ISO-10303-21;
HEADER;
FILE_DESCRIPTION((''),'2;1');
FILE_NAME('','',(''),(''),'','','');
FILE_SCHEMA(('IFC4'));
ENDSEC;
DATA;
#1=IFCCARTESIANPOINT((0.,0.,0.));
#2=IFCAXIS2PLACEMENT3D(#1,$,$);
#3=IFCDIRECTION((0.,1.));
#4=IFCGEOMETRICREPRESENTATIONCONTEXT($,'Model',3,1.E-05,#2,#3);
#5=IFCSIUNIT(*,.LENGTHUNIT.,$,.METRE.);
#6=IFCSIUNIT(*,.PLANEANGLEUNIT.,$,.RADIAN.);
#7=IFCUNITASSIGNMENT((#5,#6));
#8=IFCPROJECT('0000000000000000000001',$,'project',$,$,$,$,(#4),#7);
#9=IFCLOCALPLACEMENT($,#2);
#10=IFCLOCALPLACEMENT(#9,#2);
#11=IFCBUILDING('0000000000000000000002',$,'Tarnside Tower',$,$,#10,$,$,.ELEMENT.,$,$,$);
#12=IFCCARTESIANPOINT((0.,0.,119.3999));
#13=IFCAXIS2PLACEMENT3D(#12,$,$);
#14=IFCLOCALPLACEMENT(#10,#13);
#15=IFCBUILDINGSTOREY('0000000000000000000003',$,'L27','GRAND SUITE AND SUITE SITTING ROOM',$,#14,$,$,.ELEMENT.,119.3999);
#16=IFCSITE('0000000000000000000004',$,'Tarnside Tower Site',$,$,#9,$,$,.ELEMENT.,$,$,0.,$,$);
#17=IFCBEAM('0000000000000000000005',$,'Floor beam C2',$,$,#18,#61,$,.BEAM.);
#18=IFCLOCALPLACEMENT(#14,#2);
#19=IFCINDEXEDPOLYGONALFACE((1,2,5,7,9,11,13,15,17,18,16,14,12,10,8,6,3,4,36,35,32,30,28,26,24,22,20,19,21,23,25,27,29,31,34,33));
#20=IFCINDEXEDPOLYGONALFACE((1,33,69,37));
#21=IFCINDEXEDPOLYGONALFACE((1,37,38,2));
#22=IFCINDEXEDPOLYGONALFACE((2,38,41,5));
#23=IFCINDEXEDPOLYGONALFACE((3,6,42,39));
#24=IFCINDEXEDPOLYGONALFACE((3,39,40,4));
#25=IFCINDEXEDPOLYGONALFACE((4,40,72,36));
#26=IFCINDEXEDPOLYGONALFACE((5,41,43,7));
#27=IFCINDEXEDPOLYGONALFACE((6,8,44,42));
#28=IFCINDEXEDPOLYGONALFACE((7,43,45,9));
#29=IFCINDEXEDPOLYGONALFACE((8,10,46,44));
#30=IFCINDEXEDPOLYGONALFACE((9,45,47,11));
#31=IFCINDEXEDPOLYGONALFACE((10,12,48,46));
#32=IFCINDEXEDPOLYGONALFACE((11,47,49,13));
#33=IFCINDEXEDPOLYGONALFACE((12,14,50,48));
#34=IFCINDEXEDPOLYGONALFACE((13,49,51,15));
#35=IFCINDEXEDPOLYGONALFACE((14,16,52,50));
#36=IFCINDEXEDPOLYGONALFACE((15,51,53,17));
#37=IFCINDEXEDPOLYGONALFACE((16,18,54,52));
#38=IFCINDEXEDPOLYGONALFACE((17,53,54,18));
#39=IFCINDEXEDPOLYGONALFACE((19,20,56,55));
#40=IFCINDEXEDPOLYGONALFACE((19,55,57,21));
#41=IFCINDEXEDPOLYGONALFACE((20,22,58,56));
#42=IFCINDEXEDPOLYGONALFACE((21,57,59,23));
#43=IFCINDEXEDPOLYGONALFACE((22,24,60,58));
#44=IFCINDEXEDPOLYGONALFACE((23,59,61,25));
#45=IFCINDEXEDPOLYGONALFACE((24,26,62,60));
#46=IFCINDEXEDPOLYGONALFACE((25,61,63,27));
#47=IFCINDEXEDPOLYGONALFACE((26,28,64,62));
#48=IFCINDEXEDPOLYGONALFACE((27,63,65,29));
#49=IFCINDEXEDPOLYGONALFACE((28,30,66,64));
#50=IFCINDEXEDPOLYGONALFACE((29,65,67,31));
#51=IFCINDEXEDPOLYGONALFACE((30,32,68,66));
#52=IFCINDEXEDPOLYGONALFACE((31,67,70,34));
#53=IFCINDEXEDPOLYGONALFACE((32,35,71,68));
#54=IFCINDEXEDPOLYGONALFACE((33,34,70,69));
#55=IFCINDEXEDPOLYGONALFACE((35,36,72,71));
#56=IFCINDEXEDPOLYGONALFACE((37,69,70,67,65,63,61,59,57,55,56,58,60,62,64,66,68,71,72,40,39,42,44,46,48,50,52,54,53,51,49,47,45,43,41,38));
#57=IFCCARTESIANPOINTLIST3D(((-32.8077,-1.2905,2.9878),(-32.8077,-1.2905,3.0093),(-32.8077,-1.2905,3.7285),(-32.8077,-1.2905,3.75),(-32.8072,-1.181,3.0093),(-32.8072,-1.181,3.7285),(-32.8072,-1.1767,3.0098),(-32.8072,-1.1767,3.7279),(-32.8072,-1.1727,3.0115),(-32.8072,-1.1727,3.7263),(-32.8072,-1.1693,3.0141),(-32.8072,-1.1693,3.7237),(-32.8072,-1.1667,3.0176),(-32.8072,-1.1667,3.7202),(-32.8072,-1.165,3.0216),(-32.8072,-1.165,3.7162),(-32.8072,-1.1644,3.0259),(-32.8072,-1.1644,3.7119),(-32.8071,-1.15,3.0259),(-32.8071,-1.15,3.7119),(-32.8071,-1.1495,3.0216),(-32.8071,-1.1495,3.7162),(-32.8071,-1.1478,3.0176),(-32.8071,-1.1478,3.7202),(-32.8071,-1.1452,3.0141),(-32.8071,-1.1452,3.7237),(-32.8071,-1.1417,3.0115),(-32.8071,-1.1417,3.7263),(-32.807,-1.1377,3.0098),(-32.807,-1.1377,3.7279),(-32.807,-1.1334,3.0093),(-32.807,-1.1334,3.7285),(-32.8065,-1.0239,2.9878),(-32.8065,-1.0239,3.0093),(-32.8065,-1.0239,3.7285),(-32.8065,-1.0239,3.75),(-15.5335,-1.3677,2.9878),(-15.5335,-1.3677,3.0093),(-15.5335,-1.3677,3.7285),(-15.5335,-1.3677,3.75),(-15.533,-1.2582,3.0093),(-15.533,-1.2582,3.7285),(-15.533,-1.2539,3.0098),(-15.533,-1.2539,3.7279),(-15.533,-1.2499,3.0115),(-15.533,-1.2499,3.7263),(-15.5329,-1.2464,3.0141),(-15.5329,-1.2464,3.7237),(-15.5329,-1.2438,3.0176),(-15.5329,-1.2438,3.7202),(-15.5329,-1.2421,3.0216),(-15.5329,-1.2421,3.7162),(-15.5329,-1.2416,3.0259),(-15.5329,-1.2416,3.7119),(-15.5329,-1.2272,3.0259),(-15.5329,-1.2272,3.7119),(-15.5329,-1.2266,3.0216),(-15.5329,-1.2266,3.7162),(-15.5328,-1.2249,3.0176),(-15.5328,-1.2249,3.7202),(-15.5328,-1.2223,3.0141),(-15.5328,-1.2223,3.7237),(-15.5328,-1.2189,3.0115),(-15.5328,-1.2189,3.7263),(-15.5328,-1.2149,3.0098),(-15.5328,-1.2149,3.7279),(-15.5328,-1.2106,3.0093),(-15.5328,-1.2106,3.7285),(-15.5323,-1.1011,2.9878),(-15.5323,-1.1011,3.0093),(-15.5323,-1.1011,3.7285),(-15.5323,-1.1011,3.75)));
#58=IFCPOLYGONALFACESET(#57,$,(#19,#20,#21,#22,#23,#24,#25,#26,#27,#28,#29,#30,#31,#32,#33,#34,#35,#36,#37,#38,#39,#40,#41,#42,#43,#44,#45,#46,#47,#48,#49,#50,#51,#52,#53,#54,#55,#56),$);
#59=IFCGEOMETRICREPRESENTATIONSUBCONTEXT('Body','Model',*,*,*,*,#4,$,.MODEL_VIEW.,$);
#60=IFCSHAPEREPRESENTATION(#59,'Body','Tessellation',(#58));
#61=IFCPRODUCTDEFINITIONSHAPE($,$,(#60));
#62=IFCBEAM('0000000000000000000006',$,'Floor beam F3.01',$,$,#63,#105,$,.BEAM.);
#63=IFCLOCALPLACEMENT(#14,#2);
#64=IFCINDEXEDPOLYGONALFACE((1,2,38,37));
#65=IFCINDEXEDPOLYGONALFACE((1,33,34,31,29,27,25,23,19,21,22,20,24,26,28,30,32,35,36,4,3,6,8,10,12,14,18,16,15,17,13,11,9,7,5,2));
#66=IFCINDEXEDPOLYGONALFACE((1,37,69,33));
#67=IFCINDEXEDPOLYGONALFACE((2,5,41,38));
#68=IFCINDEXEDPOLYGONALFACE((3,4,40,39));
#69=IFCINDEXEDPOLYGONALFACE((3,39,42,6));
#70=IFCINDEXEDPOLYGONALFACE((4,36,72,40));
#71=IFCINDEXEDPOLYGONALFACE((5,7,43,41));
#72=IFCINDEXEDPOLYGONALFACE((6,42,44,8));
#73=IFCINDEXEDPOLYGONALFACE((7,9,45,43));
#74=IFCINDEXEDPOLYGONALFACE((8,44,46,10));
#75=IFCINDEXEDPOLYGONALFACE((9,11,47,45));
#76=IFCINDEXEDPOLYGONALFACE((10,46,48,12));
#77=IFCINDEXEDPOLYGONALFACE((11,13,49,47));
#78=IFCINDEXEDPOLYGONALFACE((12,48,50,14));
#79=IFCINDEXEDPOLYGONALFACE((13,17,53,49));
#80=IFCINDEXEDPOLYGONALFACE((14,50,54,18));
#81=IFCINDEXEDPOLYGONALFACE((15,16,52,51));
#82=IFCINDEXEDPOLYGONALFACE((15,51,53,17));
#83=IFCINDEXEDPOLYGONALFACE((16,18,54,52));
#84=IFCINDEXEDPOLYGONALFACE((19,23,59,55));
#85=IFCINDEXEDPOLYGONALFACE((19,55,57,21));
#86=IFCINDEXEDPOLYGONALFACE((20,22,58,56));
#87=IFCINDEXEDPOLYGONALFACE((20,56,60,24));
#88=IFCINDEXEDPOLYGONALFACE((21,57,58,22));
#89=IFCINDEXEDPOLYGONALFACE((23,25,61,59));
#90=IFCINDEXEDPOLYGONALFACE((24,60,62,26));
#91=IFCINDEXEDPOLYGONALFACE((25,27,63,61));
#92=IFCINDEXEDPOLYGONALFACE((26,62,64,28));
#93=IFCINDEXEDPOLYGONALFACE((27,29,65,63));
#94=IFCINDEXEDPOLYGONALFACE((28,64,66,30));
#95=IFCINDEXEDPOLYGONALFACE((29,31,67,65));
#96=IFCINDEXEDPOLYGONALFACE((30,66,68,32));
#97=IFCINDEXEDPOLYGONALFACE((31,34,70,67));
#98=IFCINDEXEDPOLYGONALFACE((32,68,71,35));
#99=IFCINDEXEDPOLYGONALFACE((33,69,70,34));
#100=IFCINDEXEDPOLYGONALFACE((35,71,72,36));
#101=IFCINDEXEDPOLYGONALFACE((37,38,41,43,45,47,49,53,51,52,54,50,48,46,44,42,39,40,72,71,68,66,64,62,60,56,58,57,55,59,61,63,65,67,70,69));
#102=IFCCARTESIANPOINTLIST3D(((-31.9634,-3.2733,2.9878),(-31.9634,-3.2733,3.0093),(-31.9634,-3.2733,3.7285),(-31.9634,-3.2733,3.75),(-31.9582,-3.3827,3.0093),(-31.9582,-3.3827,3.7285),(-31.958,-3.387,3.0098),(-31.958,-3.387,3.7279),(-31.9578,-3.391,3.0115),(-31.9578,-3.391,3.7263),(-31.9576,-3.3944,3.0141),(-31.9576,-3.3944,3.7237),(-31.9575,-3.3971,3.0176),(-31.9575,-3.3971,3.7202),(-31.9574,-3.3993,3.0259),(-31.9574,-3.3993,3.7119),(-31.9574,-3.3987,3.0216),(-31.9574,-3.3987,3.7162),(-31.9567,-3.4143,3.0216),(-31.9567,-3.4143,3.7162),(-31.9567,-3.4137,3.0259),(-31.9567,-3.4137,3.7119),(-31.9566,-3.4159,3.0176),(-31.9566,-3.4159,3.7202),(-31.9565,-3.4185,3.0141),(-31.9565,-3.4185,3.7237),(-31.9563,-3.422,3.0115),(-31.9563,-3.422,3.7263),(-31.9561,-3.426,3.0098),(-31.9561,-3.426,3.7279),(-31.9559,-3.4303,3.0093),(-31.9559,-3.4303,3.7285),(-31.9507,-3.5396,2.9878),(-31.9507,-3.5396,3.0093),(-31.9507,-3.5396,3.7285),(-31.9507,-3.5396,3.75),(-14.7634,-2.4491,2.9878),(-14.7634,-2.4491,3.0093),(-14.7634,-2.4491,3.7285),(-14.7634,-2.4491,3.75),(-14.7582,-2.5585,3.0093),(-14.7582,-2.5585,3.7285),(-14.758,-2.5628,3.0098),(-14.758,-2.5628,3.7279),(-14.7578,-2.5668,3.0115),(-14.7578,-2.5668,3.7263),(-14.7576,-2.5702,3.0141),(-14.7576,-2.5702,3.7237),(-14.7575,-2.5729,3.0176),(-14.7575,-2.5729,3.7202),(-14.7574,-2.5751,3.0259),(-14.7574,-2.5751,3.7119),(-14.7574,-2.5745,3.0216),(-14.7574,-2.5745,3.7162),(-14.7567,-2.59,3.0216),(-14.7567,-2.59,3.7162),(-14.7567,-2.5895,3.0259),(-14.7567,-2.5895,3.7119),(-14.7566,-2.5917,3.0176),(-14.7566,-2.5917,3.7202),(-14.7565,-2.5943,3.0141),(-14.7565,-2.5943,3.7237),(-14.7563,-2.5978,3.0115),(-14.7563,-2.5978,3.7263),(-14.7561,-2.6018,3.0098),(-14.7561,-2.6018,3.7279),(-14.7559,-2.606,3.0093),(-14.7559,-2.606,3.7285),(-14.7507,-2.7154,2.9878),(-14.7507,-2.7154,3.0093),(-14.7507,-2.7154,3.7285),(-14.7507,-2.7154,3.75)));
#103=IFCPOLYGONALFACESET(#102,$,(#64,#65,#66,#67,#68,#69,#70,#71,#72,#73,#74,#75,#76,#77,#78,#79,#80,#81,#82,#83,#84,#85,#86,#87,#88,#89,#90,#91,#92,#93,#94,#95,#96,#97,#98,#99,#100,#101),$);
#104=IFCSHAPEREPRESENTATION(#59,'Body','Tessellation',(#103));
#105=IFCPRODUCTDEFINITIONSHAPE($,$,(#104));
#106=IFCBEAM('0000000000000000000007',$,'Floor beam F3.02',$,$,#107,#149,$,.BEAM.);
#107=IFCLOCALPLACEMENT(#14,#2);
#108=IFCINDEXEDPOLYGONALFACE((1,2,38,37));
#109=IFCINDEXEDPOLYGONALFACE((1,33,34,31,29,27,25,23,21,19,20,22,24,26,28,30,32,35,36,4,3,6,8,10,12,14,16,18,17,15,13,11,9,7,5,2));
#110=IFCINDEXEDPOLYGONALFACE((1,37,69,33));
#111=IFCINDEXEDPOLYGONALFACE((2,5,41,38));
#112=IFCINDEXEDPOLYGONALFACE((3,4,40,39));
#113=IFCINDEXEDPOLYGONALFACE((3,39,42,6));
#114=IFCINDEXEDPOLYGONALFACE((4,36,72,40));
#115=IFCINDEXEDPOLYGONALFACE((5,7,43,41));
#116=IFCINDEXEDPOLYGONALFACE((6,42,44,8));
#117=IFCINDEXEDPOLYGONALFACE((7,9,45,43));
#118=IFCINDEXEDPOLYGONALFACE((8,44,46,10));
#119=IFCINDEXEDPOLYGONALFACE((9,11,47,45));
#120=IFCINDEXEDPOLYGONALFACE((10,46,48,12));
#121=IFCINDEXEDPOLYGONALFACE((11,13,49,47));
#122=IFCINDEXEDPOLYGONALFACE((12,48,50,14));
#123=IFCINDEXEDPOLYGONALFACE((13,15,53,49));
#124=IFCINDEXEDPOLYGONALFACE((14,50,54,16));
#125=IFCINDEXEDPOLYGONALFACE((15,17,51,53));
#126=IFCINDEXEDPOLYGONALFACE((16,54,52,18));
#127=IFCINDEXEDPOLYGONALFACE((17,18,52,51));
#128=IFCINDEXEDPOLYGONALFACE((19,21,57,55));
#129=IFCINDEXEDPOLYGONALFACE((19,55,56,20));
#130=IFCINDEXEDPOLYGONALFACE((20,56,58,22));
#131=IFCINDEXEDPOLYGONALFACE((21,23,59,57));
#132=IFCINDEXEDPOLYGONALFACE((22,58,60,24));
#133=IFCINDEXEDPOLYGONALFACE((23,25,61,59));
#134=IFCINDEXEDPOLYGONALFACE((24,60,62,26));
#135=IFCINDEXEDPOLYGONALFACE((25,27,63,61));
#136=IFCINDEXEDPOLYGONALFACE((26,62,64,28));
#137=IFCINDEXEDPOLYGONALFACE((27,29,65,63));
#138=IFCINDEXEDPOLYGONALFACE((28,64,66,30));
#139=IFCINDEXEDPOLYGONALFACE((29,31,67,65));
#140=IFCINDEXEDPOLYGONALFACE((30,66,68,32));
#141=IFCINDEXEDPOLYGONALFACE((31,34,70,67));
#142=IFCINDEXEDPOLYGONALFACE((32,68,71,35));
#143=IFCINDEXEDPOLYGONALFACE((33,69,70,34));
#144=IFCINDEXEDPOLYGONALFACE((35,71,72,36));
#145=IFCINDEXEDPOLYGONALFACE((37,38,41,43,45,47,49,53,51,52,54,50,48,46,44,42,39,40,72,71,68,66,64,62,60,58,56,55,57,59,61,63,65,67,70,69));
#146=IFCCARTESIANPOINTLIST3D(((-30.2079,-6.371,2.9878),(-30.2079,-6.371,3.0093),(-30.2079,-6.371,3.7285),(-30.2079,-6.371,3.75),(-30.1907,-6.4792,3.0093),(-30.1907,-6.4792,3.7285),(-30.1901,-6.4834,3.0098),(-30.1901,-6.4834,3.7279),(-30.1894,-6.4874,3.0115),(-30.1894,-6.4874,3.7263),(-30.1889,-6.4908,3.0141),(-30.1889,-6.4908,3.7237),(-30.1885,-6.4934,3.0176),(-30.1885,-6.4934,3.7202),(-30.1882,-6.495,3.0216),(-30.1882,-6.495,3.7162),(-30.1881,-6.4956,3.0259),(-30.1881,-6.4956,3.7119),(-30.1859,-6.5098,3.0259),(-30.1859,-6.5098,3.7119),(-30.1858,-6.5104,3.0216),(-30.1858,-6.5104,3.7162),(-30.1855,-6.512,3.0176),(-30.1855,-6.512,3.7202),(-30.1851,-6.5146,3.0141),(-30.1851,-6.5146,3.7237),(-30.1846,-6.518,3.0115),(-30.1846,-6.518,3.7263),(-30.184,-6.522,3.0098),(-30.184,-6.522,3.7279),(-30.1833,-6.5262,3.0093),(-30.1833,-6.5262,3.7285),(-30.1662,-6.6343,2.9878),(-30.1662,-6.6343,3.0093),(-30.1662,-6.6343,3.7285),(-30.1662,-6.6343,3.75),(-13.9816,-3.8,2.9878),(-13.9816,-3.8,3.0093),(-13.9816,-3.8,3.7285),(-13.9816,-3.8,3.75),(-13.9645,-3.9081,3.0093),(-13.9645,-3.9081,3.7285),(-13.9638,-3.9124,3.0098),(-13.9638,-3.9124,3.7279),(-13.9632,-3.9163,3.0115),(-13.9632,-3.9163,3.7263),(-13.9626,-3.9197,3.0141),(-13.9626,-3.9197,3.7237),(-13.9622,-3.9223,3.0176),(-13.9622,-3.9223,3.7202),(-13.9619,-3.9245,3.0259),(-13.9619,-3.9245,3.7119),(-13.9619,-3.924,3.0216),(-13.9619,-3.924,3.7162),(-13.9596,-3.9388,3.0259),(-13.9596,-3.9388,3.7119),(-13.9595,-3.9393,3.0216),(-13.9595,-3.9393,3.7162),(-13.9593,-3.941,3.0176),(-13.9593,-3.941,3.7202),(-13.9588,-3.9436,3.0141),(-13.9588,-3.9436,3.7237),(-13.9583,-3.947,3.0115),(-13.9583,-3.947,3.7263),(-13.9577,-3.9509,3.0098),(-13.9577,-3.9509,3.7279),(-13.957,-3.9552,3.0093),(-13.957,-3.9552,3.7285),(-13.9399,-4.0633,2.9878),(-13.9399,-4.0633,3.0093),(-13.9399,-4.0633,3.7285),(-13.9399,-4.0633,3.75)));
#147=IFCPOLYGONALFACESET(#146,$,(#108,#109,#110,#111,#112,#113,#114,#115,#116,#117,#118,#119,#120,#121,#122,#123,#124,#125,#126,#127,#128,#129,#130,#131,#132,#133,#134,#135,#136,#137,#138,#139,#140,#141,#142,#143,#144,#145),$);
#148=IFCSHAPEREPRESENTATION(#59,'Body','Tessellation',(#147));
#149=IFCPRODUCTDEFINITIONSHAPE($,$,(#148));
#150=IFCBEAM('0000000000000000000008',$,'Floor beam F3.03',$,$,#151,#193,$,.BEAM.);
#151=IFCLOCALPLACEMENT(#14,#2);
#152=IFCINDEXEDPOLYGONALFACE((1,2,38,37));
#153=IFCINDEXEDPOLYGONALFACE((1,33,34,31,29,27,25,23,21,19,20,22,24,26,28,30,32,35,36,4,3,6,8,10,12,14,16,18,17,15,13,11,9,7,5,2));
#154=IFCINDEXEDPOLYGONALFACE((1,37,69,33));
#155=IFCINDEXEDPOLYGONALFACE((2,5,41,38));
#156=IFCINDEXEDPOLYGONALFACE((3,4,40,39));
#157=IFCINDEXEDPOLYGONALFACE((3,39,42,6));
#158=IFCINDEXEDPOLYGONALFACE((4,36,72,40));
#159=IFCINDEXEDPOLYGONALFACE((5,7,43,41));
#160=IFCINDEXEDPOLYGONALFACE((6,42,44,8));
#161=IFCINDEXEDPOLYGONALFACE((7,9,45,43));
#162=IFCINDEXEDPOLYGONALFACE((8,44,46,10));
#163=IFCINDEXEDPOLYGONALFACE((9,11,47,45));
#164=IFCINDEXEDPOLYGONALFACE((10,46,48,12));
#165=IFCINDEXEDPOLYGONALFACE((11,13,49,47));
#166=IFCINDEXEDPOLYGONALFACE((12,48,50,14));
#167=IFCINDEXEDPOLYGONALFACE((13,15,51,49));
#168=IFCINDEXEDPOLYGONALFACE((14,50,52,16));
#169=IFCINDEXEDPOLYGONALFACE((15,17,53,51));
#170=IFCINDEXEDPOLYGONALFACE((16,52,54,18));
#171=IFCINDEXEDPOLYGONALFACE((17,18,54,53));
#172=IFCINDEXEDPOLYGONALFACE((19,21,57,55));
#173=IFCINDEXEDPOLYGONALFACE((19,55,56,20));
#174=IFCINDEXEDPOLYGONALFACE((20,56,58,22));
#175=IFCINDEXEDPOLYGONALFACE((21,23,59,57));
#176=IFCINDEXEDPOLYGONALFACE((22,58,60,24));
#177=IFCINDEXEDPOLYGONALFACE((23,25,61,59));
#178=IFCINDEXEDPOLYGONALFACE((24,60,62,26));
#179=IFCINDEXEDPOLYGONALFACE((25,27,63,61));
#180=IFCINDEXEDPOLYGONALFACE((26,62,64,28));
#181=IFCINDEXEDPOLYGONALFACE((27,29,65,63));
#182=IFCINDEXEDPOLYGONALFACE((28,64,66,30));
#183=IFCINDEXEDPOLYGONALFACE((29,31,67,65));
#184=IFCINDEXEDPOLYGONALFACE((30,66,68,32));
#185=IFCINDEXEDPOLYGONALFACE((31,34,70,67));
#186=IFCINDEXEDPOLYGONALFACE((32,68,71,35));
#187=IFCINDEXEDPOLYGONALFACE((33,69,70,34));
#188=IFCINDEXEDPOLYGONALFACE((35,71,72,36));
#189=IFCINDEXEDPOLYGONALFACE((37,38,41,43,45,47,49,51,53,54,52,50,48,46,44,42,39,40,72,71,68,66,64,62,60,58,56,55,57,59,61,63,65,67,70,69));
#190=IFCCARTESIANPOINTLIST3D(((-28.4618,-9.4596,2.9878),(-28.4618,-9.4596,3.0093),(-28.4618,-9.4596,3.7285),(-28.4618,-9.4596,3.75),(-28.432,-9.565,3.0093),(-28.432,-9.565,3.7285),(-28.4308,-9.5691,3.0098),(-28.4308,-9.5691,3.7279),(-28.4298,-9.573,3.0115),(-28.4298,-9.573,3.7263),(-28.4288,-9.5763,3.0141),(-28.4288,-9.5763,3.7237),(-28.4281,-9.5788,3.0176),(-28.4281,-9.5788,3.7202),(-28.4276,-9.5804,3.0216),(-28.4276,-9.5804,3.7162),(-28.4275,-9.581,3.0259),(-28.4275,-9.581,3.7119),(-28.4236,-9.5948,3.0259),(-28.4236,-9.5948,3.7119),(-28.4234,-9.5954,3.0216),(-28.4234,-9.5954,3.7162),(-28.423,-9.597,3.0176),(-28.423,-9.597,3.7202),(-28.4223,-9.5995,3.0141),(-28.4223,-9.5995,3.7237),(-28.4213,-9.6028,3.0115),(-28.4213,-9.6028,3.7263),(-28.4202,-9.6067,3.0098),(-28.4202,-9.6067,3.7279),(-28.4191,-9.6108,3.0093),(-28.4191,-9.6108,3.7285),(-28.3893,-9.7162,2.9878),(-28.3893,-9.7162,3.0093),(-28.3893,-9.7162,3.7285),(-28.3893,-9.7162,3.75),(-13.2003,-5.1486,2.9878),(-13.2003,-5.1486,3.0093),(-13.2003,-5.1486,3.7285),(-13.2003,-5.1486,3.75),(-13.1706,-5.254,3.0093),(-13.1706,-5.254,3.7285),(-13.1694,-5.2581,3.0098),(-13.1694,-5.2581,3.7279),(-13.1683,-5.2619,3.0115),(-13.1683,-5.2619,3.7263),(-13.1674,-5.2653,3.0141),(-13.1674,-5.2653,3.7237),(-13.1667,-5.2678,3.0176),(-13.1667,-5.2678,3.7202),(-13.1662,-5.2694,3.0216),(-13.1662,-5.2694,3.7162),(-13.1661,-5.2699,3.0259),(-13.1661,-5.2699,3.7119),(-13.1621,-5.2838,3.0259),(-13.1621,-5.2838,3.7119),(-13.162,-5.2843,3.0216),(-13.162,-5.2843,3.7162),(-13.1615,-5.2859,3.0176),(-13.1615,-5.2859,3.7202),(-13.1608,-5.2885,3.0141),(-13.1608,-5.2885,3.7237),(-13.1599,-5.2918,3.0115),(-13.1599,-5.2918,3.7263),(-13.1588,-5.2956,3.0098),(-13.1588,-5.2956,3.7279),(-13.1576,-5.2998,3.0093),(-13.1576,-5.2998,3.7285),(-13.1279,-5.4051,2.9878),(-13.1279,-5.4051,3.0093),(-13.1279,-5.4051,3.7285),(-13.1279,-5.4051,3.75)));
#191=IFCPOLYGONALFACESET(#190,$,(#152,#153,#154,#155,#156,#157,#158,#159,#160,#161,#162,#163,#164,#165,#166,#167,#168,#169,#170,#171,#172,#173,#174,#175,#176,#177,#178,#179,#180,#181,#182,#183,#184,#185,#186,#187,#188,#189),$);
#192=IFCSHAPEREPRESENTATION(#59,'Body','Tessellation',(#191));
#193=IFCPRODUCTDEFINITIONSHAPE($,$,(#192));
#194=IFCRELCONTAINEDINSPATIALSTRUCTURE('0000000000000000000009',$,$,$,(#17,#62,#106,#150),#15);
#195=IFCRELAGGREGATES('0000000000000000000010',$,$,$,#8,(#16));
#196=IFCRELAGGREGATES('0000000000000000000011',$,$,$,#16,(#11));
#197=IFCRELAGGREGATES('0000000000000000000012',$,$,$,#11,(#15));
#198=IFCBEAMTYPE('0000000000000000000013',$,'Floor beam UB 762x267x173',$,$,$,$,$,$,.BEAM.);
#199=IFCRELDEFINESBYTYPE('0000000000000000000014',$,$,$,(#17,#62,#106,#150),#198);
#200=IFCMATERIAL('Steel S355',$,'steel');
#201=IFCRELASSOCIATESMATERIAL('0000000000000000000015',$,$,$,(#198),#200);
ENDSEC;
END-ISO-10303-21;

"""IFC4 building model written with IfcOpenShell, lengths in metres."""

from ifc_helpers import new_model, si_unit, direction, frame, origin, origin_2d, place, context, subcontext, project, spatial, i_section, extrude, material, material_profile, profile_set, type_object, element, save


model = new_model("IFC4")

# Units and contexts
model_context = context("Model", 3, precision=1e-05, world=origin(), true_north=direction((0.0, 1.0)))
body_context = subcontext(model_context, "Body", "Model", "MODEL_VIEW")
ifc_project = project(units=[si_unit("LENGTHUNIT", "METRE"), si_unit("PLANEANGLEUNIT", "RADIAN")], contexts=[model_context])

# Site, building, storey
site_placement = place(None, origin())
site = spatial("IfcSite", under=ifc_project, at=site_placement, Name="Tarnside Tower Site", CompositionType="ELEMENT", RefElevation=0.0)
building_placement = place(site_placement, origin())
building = spatial("IfcBuilding", under=site, at=building_placement, Name="Tarnside Tower", CompositionType="ELEMENT")
storey_placement = place(building_placement, frame((0.0, 0.0, 119.3999)))
storey = spatial("IfcBuildingStorey", under=building, at=storey_placement, Name="L27", Description="GRAND SUITE AND SUITE SITTING ROOM", CompositionType="ELEMENT", Elevation=119.3999)

# Beams
ifc_material_1 = material(Name="Steel S355", Category="steel")
ifc_material_profile = material_profile(ifc_material_1, i_section(OverallWidth=0.2666, OverallDepth=0.7622, WebThickness=0.0144, FlangeThickness=0.0215, FilletRadius=0.0166, at=origin_2d()), Name="UB 762x267x173")
ifc_profile_set = profile_set([ifc_material_profile], Name="Steel S355")
beam_type = type_object("IfcBeamType", Name="Floor beam UB 762x267x173", PredefinedType="BEAM", material=ifc_profile_set)
beam_1_placement = place(storey_placement, frame((-32.8071, -1.1572, 3.3689), z_axis=(0.99999, -0.004466, 0.0), x_axis=(0.004466, 0.99999, 0.0)))
element("IfcBeam", 1, at=beam_1_placement, inside=storey, type_object=beam_type, Name="Floor beam C2", PredefinedType="BEAM", context=body_context, shape_type="SweptSolid", body=[
    extrude(i_section(OverallWidth=0.2666, OverallDepth=0.7622, WebThickness=0.0144, FlangeThickness=0.0215, FilletRadius=0.0166, at=origin_2d()), origin(), (0.0, 0.0, 1.0), 17.2744),
])
beam_2_placement = place(storey_placement, frame((-31.957, -3.4065, 3.3689), z_axis=(0.998854, 0.047865, 0.0), x_axis=(-0.047865, 0.998854, 0.0)))
element("IfcBeam", 2, at=beam_2_placement, inside=storey, type_object=beam_type, Name="Floor beam F3.01", PredefinedType="BEAM", context=body_context, shape_type="SweptSolid", body=[
    extrude(i_section(OverallWidth=0.2666, OverallDepth=0.7622, WebThickness=0.0144, FlangeThickness=0.0215, FilletRadius=0.0166, at=origin_2d()), origin(), (0.0, 0.0, 1.0), 17.2197),
])
beam_3_placement = place(storey_placement, frame((-30.187, -6.5027, 3.3689), z_axis=(0.987678, 0.156497, 0.0), x_axis=(-0.156497, 0.987678, 0.0)))
element("IfcBeam", 3, at=beam_3_placement, inside=storey, type_object=beam_type, Name="Floor beam F3.02", PredefinedType="BEAM", context=body_context, shape_type="SweptSolid", body=[
    extrude(i_section(OverallWidth=0.2666, OverallDepth=0.7622, WebThickness=0.0144, FlangeThickness=0.0215, FilletRadius=0.0166, at=origin_2d()), origin(), (0.0, 0.0, 1.0), 16.4287),
])
beam_4_placement = place(storey_placement, frame((-28.4255, -9.5879, 3.3689), z_axis=(0.962342, 0.271841, 0.0), x_axis=(-0.271841, 0.962342, 0.0)))
element("IfcBeam", 4, at=beam_4_placement, inside=storey, type_object=beam_type, Name="Floor beam F3.03", PredefinedType="BEAM", context=body_context, shape_type="SweptSolid", body=[
    extrude(i_section(OverallWidth=0.2666, OverallDepth=0.7622, WebThickness=0.0144, FlangeThickness=0.0215, FilletRadius=0.0166, at=origin_2d()), origin(), (0.0, 0.0, 1.0), 15.8586),
])

save(model, "model.ifc")
